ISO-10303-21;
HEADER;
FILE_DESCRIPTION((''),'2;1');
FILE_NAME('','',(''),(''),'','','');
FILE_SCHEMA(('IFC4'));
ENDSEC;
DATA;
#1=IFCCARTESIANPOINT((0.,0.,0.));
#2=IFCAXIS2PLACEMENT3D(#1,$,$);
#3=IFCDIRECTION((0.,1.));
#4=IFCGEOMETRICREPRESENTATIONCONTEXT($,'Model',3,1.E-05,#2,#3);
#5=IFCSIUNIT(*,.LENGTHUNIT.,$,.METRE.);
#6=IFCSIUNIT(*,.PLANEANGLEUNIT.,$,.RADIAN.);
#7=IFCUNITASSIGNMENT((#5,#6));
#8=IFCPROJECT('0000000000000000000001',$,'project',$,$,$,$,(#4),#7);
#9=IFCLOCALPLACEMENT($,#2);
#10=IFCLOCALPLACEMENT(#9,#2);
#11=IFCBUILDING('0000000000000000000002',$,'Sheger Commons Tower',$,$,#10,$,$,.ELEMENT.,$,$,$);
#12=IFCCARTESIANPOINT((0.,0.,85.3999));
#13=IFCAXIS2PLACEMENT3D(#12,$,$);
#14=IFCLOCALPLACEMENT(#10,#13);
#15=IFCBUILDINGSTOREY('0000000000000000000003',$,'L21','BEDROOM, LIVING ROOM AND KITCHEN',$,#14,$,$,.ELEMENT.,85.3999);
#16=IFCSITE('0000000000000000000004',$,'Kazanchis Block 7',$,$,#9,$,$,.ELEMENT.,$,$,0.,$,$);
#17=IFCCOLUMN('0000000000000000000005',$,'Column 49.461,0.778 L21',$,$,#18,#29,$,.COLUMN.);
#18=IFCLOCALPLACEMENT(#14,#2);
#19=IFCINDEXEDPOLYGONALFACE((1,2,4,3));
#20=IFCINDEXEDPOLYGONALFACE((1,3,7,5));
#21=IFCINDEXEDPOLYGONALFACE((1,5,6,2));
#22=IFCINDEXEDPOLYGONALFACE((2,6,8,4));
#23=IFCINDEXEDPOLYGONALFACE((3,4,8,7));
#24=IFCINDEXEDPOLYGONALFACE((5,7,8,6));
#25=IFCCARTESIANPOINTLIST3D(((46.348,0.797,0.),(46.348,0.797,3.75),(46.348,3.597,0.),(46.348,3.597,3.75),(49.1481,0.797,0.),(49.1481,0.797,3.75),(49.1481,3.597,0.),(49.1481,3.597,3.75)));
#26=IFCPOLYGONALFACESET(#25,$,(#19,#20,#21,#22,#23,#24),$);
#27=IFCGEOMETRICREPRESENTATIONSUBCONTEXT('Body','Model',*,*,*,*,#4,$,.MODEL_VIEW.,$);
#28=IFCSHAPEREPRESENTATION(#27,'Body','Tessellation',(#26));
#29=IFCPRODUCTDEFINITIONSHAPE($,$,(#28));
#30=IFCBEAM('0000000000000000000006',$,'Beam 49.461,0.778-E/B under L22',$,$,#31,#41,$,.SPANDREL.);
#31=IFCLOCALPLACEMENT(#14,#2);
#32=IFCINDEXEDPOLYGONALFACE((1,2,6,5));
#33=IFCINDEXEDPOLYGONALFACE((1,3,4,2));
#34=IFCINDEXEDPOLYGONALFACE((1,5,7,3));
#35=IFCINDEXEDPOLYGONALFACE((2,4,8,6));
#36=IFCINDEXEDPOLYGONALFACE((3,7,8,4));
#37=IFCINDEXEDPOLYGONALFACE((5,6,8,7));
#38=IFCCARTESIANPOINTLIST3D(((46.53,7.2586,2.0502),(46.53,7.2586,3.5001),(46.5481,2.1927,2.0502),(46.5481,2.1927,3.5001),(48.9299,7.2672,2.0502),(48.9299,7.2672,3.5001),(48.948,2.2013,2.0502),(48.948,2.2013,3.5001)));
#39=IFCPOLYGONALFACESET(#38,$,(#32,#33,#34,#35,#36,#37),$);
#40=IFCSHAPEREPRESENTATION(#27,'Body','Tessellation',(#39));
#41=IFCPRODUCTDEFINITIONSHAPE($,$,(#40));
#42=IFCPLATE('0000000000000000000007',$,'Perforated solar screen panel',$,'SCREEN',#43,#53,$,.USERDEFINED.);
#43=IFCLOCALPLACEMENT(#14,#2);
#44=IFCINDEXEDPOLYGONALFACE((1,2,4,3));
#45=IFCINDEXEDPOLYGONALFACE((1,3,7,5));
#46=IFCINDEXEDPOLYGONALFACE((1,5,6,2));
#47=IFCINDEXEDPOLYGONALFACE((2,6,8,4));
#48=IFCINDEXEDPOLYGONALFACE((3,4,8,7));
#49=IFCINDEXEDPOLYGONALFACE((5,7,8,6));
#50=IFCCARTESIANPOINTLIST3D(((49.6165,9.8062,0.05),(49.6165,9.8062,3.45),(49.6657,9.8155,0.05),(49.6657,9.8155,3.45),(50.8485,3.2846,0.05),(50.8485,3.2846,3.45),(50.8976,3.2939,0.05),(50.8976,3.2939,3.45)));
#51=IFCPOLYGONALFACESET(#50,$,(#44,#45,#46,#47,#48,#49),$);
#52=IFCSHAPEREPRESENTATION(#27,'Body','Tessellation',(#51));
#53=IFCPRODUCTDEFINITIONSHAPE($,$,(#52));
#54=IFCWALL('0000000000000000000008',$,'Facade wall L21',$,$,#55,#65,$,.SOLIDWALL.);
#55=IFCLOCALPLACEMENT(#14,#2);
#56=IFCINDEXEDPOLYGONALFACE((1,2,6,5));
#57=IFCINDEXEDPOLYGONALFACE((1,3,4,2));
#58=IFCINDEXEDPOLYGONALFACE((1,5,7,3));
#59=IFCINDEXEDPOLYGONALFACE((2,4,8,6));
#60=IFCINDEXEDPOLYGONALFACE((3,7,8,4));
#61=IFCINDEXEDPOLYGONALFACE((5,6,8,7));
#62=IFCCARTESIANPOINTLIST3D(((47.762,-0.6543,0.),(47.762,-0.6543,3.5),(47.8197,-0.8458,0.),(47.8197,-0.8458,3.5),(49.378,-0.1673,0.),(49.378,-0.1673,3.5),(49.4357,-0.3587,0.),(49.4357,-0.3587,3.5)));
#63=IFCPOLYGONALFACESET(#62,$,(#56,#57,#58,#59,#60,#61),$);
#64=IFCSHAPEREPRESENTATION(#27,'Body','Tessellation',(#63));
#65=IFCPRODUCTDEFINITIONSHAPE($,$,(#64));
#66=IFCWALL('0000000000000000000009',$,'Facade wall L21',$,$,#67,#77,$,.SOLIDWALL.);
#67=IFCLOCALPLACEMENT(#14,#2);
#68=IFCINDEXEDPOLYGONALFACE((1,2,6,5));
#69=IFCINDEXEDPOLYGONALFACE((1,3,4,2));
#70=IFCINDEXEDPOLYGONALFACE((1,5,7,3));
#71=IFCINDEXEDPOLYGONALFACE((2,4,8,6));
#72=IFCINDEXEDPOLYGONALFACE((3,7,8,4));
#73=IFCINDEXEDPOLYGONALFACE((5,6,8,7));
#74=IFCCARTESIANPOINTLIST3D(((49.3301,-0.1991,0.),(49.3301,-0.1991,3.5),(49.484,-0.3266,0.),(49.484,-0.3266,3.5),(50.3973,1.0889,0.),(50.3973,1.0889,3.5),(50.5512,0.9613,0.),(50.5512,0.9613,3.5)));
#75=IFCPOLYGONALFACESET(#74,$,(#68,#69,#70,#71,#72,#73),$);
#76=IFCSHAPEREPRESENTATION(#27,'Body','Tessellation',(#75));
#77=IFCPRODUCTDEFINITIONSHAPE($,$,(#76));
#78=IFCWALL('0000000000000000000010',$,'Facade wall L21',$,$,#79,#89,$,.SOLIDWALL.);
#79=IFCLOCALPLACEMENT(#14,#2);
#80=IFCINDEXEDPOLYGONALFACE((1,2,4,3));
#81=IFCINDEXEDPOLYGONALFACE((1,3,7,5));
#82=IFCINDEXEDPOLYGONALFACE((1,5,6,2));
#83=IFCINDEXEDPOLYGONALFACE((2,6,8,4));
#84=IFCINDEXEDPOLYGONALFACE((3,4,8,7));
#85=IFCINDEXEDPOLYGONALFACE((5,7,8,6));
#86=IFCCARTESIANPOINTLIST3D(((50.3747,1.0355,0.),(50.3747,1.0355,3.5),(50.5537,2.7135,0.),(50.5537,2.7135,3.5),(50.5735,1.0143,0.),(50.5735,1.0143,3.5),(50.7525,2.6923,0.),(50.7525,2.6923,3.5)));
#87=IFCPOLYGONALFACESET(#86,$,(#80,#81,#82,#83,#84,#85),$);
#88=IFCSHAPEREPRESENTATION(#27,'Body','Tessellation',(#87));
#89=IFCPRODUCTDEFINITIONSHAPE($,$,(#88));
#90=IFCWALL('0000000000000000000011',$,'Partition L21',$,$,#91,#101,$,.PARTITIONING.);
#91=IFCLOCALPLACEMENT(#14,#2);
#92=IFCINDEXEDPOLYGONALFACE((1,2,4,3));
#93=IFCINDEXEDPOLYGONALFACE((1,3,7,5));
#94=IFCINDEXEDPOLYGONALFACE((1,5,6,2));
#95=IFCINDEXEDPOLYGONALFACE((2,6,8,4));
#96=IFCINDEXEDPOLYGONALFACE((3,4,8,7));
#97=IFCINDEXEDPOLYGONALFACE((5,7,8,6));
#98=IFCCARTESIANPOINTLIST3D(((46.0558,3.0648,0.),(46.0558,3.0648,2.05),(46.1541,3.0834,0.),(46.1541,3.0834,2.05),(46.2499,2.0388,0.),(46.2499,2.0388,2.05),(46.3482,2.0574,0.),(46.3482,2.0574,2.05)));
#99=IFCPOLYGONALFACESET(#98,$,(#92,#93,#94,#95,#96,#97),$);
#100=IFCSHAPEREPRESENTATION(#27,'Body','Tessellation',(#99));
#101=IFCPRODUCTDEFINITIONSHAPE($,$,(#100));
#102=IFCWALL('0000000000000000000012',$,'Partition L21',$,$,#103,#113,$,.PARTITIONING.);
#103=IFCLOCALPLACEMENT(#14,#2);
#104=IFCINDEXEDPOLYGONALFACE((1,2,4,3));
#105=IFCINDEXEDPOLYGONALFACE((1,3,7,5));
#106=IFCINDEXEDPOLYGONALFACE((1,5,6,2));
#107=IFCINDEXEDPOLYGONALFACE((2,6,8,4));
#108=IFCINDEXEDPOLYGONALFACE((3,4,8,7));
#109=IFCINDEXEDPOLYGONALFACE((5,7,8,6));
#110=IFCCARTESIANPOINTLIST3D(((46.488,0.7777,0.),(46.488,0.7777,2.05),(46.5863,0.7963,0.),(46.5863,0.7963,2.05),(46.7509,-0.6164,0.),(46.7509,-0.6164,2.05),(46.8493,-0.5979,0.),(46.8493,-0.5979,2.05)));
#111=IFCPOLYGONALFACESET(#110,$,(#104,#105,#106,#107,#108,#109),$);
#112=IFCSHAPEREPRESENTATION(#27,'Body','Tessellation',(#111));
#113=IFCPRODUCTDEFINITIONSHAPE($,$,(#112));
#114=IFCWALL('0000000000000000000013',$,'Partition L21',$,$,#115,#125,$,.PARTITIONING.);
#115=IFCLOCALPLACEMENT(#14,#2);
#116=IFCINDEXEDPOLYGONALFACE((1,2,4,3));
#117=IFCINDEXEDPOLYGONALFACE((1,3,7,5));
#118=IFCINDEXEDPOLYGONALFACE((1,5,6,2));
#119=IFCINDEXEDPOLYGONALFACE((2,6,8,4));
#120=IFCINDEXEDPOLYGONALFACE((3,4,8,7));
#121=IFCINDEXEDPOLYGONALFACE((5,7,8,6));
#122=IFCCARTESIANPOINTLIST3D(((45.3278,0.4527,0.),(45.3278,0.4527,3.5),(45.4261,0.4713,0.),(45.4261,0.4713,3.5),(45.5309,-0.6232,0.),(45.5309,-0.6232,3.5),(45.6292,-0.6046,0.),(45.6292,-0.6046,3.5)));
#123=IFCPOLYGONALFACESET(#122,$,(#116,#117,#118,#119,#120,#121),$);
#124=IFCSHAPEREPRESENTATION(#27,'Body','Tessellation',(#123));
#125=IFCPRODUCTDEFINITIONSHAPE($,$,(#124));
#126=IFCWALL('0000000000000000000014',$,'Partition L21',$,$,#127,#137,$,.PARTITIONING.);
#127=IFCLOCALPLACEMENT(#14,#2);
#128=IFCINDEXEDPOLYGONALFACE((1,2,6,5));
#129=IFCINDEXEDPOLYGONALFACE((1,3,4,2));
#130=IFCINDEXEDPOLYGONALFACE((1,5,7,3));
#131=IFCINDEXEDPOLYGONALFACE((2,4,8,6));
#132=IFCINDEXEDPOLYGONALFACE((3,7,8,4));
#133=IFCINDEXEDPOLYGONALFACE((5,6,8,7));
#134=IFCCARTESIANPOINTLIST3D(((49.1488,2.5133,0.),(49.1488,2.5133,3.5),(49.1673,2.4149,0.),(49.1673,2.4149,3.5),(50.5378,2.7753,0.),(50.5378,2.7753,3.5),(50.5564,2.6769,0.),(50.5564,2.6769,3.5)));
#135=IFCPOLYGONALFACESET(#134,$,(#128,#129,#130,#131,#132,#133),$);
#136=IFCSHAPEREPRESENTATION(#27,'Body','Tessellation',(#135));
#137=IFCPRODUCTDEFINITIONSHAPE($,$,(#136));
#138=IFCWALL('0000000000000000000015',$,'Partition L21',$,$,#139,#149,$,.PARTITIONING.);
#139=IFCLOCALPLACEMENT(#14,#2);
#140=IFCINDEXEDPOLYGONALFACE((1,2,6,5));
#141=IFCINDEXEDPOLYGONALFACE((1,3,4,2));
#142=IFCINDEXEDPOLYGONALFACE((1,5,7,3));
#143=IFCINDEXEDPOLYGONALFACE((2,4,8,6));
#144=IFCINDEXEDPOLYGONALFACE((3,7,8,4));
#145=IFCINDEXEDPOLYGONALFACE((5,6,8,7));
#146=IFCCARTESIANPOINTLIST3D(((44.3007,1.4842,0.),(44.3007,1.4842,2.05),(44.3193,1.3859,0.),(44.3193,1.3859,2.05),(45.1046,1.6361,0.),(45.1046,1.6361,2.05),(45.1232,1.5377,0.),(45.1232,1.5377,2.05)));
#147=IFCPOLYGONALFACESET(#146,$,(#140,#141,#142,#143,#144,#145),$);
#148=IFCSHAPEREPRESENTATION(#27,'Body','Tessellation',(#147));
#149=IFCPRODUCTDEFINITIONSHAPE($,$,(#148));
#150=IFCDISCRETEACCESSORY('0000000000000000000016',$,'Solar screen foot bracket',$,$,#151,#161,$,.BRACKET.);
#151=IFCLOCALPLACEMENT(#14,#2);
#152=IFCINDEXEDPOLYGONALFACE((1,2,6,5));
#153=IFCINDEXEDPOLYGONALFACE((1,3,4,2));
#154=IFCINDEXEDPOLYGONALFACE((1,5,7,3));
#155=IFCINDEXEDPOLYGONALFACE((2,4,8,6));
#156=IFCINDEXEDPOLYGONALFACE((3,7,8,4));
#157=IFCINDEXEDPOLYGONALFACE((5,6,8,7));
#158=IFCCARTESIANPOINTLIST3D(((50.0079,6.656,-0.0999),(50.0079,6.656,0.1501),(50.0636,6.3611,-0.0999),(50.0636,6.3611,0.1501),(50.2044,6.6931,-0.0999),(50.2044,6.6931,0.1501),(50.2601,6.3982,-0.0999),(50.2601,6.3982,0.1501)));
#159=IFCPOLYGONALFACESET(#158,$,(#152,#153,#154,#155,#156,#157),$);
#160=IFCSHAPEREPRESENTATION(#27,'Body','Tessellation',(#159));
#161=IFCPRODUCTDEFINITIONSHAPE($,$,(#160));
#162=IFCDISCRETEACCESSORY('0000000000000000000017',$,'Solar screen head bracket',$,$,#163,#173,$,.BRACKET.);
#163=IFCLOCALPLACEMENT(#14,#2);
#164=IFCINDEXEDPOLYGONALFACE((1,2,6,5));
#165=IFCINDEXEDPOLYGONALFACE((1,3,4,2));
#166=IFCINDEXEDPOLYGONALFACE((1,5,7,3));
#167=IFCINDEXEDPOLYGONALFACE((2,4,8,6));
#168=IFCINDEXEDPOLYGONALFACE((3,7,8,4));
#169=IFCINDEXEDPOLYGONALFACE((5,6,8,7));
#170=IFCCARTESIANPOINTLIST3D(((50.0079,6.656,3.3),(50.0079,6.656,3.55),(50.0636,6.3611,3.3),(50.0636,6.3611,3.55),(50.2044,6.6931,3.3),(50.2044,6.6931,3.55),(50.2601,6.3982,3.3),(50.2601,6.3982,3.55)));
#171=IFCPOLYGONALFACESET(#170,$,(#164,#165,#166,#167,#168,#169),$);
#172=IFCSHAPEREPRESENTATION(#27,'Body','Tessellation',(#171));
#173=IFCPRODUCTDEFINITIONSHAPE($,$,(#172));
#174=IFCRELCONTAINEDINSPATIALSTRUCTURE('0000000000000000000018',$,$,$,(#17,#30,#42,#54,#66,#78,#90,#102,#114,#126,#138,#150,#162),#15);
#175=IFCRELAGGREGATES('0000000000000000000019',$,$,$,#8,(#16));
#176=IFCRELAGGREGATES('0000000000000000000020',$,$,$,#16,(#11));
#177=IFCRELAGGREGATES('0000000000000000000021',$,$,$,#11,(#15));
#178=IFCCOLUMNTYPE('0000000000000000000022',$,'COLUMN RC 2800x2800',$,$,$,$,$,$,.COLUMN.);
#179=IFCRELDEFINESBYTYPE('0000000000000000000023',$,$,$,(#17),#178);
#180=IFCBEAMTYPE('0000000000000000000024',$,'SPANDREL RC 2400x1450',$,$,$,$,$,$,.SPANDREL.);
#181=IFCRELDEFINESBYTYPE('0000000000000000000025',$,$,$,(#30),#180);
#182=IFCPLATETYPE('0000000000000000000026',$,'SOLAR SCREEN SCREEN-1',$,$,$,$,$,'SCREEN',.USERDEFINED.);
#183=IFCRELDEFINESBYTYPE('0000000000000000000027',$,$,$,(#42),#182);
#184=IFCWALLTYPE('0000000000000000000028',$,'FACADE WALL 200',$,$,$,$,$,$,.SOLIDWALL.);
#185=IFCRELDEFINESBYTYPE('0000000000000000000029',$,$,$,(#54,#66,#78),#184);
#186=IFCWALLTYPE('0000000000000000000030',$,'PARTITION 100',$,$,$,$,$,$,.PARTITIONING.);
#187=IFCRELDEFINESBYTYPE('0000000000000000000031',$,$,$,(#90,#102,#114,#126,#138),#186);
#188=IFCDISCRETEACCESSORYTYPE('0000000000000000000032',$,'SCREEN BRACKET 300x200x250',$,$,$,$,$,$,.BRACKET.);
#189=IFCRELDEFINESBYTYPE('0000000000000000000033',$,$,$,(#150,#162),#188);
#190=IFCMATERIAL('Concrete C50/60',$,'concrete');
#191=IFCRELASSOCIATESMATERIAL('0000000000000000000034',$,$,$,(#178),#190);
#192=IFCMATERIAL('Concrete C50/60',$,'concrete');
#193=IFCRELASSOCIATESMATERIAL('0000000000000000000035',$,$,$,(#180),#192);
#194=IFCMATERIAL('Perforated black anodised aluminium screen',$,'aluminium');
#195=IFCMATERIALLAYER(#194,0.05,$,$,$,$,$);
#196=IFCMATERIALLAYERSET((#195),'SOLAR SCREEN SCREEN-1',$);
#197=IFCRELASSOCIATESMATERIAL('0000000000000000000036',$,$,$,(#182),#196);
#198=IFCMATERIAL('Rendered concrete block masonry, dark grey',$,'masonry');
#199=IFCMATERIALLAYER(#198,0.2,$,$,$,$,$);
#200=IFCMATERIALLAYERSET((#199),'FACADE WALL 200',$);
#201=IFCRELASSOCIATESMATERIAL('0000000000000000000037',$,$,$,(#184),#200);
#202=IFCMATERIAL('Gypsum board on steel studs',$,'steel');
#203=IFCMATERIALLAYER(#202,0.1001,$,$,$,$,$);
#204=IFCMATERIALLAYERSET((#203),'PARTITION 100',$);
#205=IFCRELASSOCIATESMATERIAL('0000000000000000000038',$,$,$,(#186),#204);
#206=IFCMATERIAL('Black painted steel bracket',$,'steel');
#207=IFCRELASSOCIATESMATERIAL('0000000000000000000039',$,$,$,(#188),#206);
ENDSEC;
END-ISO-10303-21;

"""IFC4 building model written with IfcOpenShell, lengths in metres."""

from ifc_helpers import new_model, si_unit, direction, frame, frame_2d, origin, origin_2d, place, context, subcontext, project, spatial, rectangle, extrude, material, layer, layer_set, material_profile, profile_set, type_object, element, save


model = new_model("IFC4")

# Units and contexts
model_context = context("Model", 3, precision=1e-05, world=origin(), true_north=direction((0.0, 1.0)))
body_context = subcontext(model_context, "Body", "Model", "MODEL_VIEW")
ifc_project = project(units=[si_unit("LENGTHUNIT", "METRE"), si_unit("PLANEANGLEUNIT", "RADIAN")], contexts=[model_context])

# Site, building, storey
site_placement = place(None, origin())
site = spatial("IfcSite", under=ifc_project, at=site_placement, Name="Kazanchis Block 7", CompositionType="ELEMENT", RefElevation=0.0)
building_placement = place(site_placement, origin())
building = spatial("IfcBuilding", under=site, at=building_placement, Name="Sheger Commons Tower", CompositionType="ELEMENT")
storey_placement = place(building_placement, frame((0.0, 0.0, 85.3999)))
storey = spatial("IfcBuildingStorey", under=building, at=storey_placement, Name="L21", Description="BEDROOM, LIVING ROOM AND KITCHEN", CompositionType="ELEMENT", Elevation=85.3999)

# Column
ifc_material_1 = material(Name="Concrete C50/60", Category="concrete")
ifc_material_profile_1 = material_profile(ifc_material_1, rectangle(XDim=2.8, YDim=2.8, at=origin_2d()), Name="RC 2800x2800")
ifc_profile_set_1 = profile_set([ifc_material_profile_1], Name="Concrete C50/60")
column_type = type_object("IfcColumnType", Name="COLUMN RC 2800x2800", PredefinedType="COLUMN", material=ifc_profile_set_1)
column_placement = place(storey_placement, frame((47.748, 2.197, 0.0), z_axis=(0.0, 0.0, 1.0), x_axis=(1.0, 0.0, 0.0)))
element("IfcColumn", 1, at=column_placement, inside=storey, type_object=column_type, Name="Column 49.461,0.778 L21", PredefinedType="COLUMN", context=body_context, shape_type="SweptSolid", body=[
    extrude(rectangle(XDim=2.8, YDim=2.8, at=origin_2d()), origin(), (0.0, 0.0, 1.0), 3.75),
])

# Beam
ifc_material_2 = material(Name="Concrete C50/60", Category="concrete")
ifc_material_profile_2 = material_profile(ifc_material_2, rectangle(XDim=2.3999, YDim=1.45, at=origin_2d()), Name="RC 2400x1450")
ifc_profile_set_2 = profile_set([ifc_material_profile_2], Name="Concrete C50/60")
beam_type = type_object("IfcBeamType", Name="SPANDREL RC 2400x1450", PredefinedType="SPANDREL", material=ifc_profile_set_2)
beam_placement = place(storey_placement, frame((47.748, 2.197, 2.7751), z_axis=(-0.003566, 0.999994, 0.0), x_axis=(-0.999994, -0.003566, 0.0)))
element("IfcBeam", 2, at=beam_placement, inside=storey, type_object=beam_type, Name="Beam 49.461,0.778-E/B under L22", PredefinedType="SPANDREL", context=body_context, shape_type="SweptSolid", body=[
    extrude(rectangle(XDim=2.3999, YDim=1.45, at=origin_2d()), origin(), (0.0, 0.0, 1.0), 5.0659),
])

# Plate
ifc_material_3 = material(Name="Perforated black anodised aluminium screen", Category="aluminium")
ifc_layer_1 = layer(ifc_material_3, 0.05)
ifc_layer_set_1 = layer_set([ifc_layer_1], Name="SOLAR SCREEN SCREEN-1")
plate_type = type_object("IfcPlateType", Name="SOLAR SCREEN SCREEN-1", ElementType="SCREEN", PredefinedType="USERDEFINED", material=ifc_layer_set_1)
plate_placement = place(storey_placement, frame((50.2571, 6.55, 0.05), z_axis=(0.0, 0.0, 1.0), x_axis=(-0.185615, 0.982623, 0.0)))
element("IfcPlate", 3, at=plate_placement, inside=storey, type_object=plate_type, Name="Perforated solar screen panel", ObjectType="SCREEN", PredefinedType="USERDEFINED", context=body_context, shape_type="SweptSolid", body=[
    extrude(rectangle(XDim=6.637, YDim=0.05, at=origin_2d()), origin(), (0.0, 0.0, 1.0), 3.3999),
])

# Walls
ifc_material_4 = material(Name="Rendered concrete block masonry, dark grey", Category="masonry")
ifc_layer_2 = layer(ifc_material_4, 0.2)
ifc_layer_set_2 = layer_set([ifc_layer_2], Name="FACADE WALL 200")
wall_type_1 = type_object("IfcWallType", Name="FACADE WALL 200", PredefinedType="SOLIDWALL", material=ifc_layer_set_2)
wall_1_placement = place(storey_placement, frame((47.791, -0.75, 0.0), z_axis=(0.0, 0.0, 1.0), x_axis=(0.957455, 0.288582, 0.0)))
element("IfcWall", 4, at=wall_1_placement, inside=storey, type_object=wall_type_1, Name="Facade wall L21", PredefinedType="SOLIDWALL", context=body_context, shape_type="SweptSolid", body=[
    extrude(rectangle(XDim=1.6877, YDim=0.2, at=frame_2d((0.8438, 0.0))), origin(), (0.0, 0.0, 1.0), 3.5),
])
wall_2_placement = place(storey_placement, frame((49.407, -0.2629, 0.0), z_axis=(0.0, 0.0, 1.0), x_axis=(0.638043, 0.770001, 0.0)))
element("IfcWall", 5, at=wall_2_placement, inside=storey, type_object=wall_type_1, Name="Facade wall L21", PredefinedType="SOLIDWALL", context=body_context, shape_type="SweptSolid", body=[
    extrude(rectangle(XDim=1.6726, YDim=0.2, at=frame_2d((0.8364, 0.0))), origin(), (0.0, 0.0, 1.0), 3.5),
])
wall_3_placement = place(storey_placement, frame((50.4741, 1.0249, 0.0), z_axis=(0.0, 0.0, 1.0), x_axis=(0.106048, 0.994361, 0.0)))
element("IfcWall", 6, at=wall_3_placement, inside=storey, type_object=wall_type_1, Name="Facade wall L21", PredefinedType="SOLIDWALL", context=body_context, shape_type="SweptSolid", body=[
    extrude(rectangle(XDim=1.6875, YDim=0.2, at=frame_2d((0.8438, 0.0))), origin(), (0.0, 0.0, 1.0), 3.5),
])

# Walls
ifc_material_5 = material(Name="Gypsum board on steel studs", Category="steel")
ifc_layer_3 = layer(ifc_material_5, 0.1001)
ifc_layer_set_3 = layer_set([ifc_layer_3], Name="PARTITION 100")
wall_type_2 = type_object("IfcWallType", Name="PARTITION 100", PredefinedType="PARTITIONING", material=ifc_layer_set_3)
wall_4_placement = place(storey_placement, frame((46.105, 3.074, 0.0), z_axis=(0.0, 0.0, 1.0), x_axis=(0.185898, -0.982569, 0.0)))
element("IfcWall", 7, at=wall_4_placement, inside=storey, type_object=wall_type_2, Name="Partition L21", PredefinedType="PARTITIONING", context=body_context, shape_type="SweptSolid", body=[
    extrude(rectangle(XDim=1.0442, YDim=0.1001, at=frame_2d((0.522, 0.0))), origin(), (0.0, 0.0, 1.0), 2.05),
])
wall_5_placement = place(storey_placement, frame((46.5371, 0.7871, 0.0), z_axis=(0.0, 0.0, 1.0), x_axis=(0.185348, -0.982673, 0.0)))
element("IfcWall", 8, at=wall_5_placement, inside=storey, type_object=wall_type_2, Name="Partition L21", PredefinedType="PARTITIONING", context=body_context, shape_type="SweptSolid", body=[
    extrude(rectangle(XDim=1.4187, YDim=0.1001, at=frame_2d((0.7095, 0.0))), origin(), (0.0, 0.0, 1.0), 2.05),
])
wall_6_placement = place(storey_placement, frame((45.377, 0.4619, 0.0), z_axis=(0.0, 0.0, 1.0), x_axis=(0.185513, -0.982642, 0.0)))
element("IfcWall", 9, at=wall_6_placement, inside=storey, type_object=wall_type_2, Name="Partition L21", PredefinedType="PARTITIONING", context=body_context, shape_type="SweptSolid", body=[
    extrude(rectangle(XDim=1.095, YDim=0.1001, at=frame_2d((0.5474, 0.0))), origin(), (0.0, 0.0, 1.0), 3.5),
])
wall_7_placement = place(storey_placement, frame((50.5471, 2.7261, 0.0), z_axis=(0.0, 0.0, 1.0), x_axis=(-0.98268, -0.18531, 0.0)))
element("IfcWall", 10, at=wall_7_placement, inside=storey, type_object=wall_type_2, Name="Partition L21", PredefinedType="PARTITIONING", context=body_context, shape_type="SweptSolid", body=[
    extrude(rectangle(XDim=1.4136, YDim=0.1001, at=frame_2d((0.7068, 0.0))), origin(), (0.0, 0.0, 1.0), 3.5),
])
wall_8_placement = place(storey_placement, frame((45.114, 1.5869, 0.0), z_axis=(0.0, 0.0, 1.0), x_axis=(-0.982625, -0.185604, 0.0)))
element("IfcWall", 11, at=wall_8_placement, inside=storey, type_object=wall_type_2, Name="Partition L21", PredefinedType="PARTITIONING", context=body_context, shape_type="SweptSolid", body=[
    extrude(rectangle(XDim=0.8181, YDim=0.1001, at=frame_2d((0.4092, 0.0))), origin(), (0.0, 0.0, 1.0), 2.05),
])

# Discrete accessories
ifc_material_6 = material(Name="Black painted steel bracket", Category="steel")
discrete_accessory_type = type_object("IfcDiscreteAccessoryType", Name="SCREEN BRACKET 300x200x250", PredefinedType="BRACKET", material=ifc_material_6)
for number, where, z_axis, x_axis, name in (
    (12, (50.134, 6.5271, -0.0999), (0.0, 0.0, 1.0), (-0.185615, 0.982623, 0.0), "Solar screen foot bracket"),
    (13, (50.134, 6.5271, 3.3), (0.0, 0.0, 1.0), (-0.185615, 0.982623, 0.0), "Solar screen head bracket"),
):
    element("IfcDiscreteAccessory", number, at=place(storey_placement, frame(where, z_axis=z_axis, x_axis=x_axis)), inside=storey, type_object=discrete_accessory_type, Name=name, PredefinedType="BRACKET", context=body_context, shape_type="SweptSolid", body=[
        extrude(rectangle(XDim=0.3, YDim=0.2, at=origin_2d()), origin(), (0.0, 0.0, 1.0), 0.25),
    ])

save(model, "model.ifc")
